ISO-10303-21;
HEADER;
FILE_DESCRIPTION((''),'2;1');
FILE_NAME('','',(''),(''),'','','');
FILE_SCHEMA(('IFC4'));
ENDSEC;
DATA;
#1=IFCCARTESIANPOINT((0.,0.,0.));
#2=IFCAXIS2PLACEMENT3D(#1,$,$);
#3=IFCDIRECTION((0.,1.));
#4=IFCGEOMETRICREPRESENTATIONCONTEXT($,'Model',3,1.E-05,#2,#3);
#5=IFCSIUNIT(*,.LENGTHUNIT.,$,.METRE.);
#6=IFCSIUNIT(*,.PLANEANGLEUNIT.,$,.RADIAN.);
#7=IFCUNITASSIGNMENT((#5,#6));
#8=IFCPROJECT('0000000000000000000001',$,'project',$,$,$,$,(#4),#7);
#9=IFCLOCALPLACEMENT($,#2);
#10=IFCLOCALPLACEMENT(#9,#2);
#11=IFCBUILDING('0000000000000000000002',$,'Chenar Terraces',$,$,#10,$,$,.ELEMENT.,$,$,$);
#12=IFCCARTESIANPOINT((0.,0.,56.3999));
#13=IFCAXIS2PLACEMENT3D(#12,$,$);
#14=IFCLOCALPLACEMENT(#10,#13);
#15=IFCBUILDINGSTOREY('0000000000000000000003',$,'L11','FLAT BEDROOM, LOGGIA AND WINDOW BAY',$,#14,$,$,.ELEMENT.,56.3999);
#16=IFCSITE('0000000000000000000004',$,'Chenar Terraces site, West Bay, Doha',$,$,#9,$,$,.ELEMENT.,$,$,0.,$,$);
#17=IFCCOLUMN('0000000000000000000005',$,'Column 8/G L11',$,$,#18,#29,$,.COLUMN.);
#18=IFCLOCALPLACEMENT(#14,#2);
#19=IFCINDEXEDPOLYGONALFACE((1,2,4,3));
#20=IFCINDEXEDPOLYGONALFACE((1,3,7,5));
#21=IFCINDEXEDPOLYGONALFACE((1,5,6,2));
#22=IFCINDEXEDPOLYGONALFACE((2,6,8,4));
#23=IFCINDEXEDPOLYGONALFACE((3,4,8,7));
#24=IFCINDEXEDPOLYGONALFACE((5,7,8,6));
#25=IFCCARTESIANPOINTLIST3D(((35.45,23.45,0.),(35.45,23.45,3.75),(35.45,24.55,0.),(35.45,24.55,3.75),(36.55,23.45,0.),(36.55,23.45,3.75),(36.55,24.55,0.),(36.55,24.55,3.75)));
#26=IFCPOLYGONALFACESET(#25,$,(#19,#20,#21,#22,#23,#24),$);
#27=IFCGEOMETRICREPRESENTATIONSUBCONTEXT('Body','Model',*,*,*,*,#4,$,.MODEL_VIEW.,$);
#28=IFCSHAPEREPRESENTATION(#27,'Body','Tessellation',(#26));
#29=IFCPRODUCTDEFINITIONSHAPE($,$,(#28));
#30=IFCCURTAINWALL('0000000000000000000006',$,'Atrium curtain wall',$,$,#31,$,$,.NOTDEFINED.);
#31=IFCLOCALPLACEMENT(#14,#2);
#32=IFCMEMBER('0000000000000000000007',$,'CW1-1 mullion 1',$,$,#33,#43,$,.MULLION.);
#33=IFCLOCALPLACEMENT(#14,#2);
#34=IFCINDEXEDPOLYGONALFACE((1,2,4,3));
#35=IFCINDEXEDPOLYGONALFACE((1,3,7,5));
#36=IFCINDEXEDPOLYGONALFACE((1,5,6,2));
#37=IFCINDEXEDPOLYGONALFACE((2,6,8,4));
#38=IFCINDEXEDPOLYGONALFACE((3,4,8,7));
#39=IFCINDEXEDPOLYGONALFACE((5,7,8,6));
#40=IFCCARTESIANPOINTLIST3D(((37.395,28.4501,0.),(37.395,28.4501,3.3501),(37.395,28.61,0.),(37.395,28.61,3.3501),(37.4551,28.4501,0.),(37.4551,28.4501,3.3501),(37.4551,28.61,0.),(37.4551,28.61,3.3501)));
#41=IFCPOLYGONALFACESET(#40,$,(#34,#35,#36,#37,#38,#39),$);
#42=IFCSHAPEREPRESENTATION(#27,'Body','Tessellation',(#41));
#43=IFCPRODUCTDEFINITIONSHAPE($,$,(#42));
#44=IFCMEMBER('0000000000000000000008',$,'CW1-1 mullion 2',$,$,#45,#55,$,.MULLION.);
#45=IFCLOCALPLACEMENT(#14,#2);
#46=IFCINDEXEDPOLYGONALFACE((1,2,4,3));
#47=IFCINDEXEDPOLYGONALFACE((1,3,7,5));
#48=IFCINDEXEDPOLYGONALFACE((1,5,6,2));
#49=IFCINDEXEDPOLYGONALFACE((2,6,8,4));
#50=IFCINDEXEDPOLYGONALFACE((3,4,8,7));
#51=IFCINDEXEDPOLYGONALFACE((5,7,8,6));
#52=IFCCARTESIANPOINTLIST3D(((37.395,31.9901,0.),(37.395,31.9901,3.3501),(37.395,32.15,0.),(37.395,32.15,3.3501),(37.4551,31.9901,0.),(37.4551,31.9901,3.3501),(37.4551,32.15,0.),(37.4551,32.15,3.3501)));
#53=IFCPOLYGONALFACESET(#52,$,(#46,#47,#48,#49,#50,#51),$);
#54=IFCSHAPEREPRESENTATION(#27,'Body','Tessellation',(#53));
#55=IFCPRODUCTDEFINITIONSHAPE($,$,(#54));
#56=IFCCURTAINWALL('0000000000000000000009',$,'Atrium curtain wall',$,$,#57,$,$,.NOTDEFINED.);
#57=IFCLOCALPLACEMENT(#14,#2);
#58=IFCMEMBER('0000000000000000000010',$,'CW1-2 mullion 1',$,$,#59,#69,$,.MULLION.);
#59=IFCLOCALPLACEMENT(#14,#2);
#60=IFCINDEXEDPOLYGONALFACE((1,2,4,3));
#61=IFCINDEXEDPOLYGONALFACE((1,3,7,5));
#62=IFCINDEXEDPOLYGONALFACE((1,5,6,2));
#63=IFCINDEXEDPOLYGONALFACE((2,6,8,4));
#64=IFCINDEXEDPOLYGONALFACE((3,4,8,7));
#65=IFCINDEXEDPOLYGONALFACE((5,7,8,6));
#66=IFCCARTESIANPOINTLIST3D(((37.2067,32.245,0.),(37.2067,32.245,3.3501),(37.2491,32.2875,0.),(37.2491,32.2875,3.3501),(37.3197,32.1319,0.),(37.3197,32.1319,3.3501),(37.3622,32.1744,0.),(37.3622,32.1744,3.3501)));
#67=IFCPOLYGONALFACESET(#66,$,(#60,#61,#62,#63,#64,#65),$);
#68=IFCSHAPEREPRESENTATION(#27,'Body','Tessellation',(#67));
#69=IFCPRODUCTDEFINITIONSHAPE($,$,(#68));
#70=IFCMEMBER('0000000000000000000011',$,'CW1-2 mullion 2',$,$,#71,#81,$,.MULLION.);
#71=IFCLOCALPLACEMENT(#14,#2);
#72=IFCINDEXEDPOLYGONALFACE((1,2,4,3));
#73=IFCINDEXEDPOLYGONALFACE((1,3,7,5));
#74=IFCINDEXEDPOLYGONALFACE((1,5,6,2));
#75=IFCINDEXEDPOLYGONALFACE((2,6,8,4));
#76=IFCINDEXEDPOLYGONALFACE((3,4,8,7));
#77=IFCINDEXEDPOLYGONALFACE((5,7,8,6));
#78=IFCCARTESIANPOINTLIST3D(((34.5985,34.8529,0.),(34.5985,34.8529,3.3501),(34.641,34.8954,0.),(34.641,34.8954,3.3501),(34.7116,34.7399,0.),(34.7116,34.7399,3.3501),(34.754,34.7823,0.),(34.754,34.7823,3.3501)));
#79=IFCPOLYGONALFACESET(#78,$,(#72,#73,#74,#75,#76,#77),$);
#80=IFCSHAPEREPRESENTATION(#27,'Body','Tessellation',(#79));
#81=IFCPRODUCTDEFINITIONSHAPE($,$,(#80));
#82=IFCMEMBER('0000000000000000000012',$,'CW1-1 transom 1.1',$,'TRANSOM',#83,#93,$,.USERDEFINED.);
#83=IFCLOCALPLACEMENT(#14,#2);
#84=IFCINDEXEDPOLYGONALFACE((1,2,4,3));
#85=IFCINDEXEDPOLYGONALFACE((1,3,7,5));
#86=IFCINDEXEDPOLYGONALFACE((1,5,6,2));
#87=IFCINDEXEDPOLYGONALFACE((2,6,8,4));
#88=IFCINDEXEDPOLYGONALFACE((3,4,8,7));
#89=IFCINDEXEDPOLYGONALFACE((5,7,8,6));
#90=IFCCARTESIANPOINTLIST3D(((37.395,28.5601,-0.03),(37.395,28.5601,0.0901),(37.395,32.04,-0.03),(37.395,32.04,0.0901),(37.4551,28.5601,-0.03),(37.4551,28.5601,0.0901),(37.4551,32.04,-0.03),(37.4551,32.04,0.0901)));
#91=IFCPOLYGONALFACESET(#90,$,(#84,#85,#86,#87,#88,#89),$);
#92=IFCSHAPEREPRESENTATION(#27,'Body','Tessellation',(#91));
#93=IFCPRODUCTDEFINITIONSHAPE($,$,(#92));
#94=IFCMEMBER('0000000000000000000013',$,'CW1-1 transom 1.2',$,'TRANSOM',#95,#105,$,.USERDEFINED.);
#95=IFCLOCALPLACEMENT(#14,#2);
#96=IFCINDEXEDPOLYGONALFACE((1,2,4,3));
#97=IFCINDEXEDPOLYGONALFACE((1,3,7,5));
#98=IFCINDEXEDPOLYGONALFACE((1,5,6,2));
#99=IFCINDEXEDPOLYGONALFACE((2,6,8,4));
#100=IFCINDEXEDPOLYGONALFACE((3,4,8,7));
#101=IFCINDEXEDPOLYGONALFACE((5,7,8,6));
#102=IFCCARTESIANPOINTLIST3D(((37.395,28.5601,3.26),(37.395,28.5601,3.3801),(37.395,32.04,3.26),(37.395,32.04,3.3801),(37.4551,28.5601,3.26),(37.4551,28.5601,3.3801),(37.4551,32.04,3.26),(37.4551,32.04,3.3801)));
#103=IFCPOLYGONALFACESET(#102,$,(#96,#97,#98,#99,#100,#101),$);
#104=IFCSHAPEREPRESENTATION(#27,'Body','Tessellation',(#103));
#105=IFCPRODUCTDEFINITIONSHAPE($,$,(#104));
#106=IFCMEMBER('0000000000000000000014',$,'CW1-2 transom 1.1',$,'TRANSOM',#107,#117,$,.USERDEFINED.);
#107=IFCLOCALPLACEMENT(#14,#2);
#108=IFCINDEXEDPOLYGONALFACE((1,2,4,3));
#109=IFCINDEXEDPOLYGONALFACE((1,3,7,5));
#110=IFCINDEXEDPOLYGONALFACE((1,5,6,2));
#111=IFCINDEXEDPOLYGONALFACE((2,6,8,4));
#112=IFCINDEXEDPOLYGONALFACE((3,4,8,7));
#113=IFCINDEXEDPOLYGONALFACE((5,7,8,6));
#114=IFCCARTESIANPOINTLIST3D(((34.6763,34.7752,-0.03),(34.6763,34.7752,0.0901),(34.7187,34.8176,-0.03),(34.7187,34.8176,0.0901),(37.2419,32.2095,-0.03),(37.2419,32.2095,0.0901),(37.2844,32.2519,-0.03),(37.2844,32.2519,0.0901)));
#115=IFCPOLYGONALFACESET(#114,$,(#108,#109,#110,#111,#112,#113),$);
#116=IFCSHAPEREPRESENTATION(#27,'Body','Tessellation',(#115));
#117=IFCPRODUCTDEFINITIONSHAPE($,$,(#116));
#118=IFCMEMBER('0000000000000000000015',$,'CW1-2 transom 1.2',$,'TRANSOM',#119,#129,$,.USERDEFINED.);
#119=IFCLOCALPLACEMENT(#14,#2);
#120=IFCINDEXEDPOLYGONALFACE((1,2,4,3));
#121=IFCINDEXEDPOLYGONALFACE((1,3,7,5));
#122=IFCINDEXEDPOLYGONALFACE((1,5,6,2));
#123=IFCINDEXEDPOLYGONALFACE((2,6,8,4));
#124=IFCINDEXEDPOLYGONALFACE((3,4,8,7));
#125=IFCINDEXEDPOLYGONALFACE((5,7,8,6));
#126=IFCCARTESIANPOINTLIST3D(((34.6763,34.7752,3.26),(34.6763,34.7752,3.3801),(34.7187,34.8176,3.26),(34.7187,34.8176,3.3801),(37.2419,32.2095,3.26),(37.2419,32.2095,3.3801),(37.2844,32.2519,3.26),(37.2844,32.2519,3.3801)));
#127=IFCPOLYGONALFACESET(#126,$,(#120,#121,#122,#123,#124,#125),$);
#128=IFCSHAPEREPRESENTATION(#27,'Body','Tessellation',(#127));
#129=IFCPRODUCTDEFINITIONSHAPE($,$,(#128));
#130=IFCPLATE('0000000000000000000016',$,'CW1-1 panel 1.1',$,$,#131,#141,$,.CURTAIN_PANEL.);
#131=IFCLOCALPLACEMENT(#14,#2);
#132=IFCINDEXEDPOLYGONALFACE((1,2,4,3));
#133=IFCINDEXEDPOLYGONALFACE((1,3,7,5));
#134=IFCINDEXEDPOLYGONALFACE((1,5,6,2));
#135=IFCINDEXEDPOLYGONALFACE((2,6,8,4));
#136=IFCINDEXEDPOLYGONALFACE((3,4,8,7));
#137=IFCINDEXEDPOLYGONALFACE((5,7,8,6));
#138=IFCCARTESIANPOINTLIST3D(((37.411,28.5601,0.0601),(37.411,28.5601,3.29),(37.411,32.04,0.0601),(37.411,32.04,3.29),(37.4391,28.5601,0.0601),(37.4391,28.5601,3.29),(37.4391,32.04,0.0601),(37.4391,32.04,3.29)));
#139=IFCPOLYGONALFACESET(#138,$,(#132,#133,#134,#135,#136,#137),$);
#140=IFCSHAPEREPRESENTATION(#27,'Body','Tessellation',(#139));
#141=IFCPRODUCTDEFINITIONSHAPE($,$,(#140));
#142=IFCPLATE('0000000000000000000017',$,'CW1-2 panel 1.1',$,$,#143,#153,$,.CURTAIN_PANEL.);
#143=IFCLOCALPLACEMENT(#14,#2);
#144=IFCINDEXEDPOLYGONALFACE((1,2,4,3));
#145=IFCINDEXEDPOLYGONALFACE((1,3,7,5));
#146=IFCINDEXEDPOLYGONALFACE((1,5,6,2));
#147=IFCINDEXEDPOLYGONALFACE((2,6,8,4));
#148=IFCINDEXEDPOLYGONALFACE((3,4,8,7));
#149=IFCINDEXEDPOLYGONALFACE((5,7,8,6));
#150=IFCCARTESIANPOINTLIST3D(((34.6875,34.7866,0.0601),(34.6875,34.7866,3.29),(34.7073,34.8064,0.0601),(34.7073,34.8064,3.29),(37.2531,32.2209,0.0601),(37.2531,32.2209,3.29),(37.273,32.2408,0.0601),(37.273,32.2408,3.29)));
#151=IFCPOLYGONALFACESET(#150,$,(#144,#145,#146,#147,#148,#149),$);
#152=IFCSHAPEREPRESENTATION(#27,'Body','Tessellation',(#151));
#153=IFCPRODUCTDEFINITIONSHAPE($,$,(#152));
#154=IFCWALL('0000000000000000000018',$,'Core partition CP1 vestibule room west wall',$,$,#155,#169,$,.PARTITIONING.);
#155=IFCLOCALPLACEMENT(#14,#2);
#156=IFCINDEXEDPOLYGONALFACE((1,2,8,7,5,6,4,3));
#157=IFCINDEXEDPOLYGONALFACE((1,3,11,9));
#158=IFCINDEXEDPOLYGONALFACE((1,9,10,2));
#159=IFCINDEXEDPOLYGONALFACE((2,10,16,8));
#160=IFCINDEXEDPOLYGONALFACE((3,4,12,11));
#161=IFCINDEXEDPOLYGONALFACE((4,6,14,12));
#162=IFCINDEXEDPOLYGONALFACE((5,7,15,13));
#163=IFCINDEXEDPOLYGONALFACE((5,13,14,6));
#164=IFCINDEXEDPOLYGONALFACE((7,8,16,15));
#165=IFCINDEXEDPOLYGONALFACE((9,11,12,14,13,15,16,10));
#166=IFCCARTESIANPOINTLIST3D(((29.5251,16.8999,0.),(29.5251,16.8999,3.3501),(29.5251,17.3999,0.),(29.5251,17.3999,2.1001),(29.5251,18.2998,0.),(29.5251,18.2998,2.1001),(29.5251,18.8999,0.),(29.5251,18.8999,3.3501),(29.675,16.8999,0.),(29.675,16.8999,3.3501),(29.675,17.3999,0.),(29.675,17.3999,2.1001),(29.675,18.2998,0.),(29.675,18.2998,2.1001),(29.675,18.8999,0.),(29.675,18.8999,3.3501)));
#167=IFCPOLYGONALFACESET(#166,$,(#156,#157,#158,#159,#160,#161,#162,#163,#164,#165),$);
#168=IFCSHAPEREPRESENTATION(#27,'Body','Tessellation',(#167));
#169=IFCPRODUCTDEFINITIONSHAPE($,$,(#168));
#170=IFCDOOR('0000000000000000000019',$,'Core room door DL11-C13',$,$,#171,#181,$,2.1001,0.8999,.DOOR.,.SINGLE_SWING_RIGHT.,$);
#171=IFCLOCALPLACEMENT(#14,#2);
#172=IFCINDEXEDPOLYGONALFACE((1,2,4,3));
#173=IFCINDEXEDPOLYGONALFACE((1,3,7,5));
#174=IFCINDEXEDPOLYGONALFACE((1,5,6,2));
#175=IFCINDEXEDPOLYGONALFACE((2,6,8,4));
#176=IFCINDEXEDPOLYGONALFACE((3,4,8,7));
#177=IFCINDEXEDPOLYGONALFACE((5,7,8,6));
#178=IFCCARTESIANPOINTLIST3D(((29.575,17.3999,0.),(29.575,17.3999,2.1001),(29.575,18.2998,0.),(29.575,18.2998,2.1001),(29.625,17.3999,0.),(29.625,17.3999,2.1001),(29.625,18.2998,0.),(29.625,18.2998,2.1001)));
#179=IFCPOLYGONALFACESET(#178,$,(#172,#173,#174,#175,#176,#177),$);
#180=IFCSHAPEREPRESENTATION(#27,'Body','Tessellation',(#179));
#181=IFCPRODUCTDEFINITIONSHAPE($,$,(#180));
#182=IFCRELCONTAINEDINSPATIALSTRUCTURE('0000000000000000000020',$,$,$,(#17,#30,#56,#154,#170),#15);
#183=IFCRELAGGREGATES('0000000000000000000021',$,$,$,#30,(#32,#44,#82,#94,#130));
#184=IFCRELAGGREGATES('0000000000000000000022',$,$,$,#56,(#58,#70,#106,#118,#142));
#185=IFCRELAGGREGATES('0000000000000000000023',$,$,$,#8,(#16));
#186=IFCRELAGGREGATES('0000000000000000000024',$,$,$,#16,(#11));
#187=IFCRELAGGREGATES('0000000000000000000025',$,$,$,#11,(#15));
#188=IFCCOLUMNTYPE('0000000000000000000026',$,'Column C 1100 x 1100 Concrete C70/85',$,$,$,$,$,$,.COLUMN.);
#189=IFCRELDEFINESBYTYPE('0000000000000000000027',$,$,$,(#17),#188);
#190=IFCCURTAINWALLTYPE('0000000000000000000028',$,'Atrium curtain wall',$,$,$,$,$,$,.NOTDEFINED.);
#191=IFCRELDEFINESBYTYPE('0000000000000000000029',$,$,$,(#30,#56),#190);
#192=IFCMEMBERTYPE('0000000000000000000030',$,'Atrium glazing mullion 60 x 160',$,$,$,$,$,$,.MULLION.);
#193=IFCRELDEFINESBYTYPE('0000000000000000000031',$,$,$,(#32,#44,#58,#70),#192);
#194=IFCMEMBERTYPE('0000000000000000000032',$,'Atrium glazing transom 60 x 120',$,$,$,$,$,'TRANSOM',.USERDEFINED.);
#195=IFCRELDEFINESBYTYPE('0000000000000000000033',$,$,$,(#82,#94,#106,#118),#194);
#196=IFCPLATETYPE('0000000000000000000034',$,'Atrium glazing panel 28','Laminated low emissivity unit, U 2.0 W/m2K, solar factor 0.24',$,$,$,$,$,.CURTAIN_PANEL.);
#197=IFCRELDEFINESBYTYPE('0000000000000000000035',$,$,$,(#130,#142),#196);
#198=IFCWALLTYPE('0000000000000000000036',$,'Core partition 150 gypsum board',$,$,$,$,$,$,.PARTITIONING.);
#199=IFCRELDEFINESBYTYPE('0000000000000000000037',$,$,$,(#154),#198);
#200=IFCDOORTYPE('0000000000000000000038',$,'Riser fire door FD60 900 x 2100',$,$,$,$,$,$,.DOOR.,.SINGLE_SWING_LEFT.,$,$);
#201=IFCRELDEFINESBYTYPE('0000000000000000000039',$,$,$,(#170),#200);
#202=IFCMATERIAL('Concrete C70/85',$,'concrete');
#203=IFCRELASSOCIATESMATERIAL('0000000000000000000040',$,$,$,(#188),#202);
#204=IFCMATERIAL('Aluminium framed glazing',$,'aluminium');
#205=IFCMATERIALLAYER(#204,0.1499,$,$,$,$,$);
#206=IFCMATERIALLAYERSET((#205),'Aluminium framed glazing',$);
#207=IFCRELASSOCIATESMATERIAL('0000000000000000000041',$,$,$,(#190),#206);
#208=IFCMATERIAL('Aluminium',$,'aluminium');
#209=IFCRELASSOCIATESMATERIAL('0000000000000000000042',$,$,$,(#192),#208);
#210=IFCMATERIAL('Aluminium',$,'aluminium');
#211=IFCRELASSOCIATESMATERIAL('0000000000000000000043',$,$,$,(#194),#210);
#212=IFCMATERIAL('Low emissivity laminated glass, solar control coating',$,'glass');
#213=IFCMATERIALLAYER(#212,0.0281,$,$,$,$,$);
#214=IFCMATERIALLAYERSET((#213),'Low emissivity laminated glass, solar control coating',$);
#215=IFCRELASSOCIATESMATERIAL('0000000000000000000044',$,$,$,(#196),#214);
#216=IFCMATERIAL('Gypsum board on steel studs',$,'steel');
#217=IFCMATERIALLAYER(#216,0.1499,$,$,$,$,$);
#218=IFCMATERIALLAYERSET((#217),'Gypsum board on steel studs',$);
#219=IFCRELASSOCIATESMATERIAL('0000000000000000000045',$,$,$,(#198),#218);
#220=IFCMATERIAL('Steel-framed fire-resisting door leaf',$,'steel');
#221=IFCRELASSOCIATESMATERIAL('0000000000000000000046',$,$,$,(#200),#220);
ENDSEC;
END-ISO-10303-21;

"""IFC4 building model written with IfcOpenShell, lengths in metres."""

from ifc_helpers import new_model, si_unit, direction, frame, frame_2d, origin, origin_2d, place, context, subcontext, project, spatial, rectangle, extrude, material, layer, layer_set, material_profile, profile_set, type_object, element, fill, aggregate, save


model = new_model("IFC4")

# Units and contexts
model_context = context("Model", 3, precision=1e-05, world=origin(), true_north=direction((0.0, 1.0)))
body_context = subcontext(model_context, "Body", "Model", "MODEL_VIEW")
ifc_project = project(units=[si_unit("LENGTHUNIT", "METRE"), si_unit("PLANEANGLEUNIT", "RADIAN")], contexts=[model_context])

# Site, building, storey
site_placement = place(None, origin())
site = spatial("IfcSite", under=ifc_project, at=site_placement, Name="Chenar Terraces site, West Bay, Doha", CompositionType="ELEMENT", RefElevation=0.0)
building_placement = place(site_placement, origin())
building = spatial("IfcBuilding", under=site, at=building_placement, Name="Chenar Terraces", CompositionType="ELEMENT")
storey_placement = place(building_placement, frame((0.0, 0.0, 56.3999)))
storey = spatial("IfcBuildingStorey", under=building, at=storey_placement, Name="L11", Description="FLAT BEDROOM, LOGGIA AND WINDOW BAY", CompositionType="ELEMENT", Elevation=56.3999)

# Column
ifc_material_1 = material(Name="Concrete C70/85", Category="concrete")
ifc_material_profile_1 = material_profile(ifc_material_1, rectangle(XDim=1.1001, YDim=1.1001, at=origin_2d()), Name="C 1100 x 1100")
ifc_profile_set_1 = profile_set([ifc_material_profile_1], Name="Concrete C70/85")
column_type = type_object("IfcColumnType", Name="Column C 1100 x 1100 Concrete C70/85", PredefinedType="COLUMN", material=ifc_profile_set_1)
column_placement = place(storey_placement, frame((36.0, 24.0, 0.0), z_axis=(0.0, 0.0, 1.0), x_axis=(1.0, 0.0, 0.0)))
element("IfcColumn", 1, at=column_placement, inside=storey, type_object=column_type, Name="Column 8/G L11", PredefinedType="COLUMN", context=body_context, shape_type="SweptSolid", body=[
    extrude(rectangle(XDim=1.1001, YDim=1.1001, at=origin_2d()), origin(), (0.0, 0.0, 1.0), 3.75),
])

# Curtain walls, members
ifc_material_2 = material(Name="Aluminium framed glazing", Category="aluminium")
ifc_layer_1 = layer(ifc_material_2, 0.1499)
ifc_layer_set_1 = layer_set([ifc_layer_1], Name="Aluminium framed glazing")
curtain_wall_type = type_object("IfcCurtainWallType", Name="Atrium curtain wall", PredefinedType="NOTDEFINED", material=ifc_layer_set_1)
placement = place(storey_placement, origin())
curtain_wall_1 = element("IfcCurtainWall", 2, at=placement, inside=storey, type_object=curtain_wall_type, Name="Atrium curtain wall", PredefinedType="NOTDEFINED")
ifc_material_3 = material(Name="Aluminium", Category="aluminium")
ifc_material_profile_2 = material_profile(ifc_material_3, rectangle(XDim=0.0601, YDim=0.1599, at=origin_2d()), Name="Atrium glazing mullion 60 x 160")
ifc_profile_set_2 = profile_set([ifc_material_profile_2], Name="Aluminium")
member_type_1 = type_object("IfcMemberType", Name="Atrium glazing mullion 60 x 160", PredefinedType="MULLION", material=ifc_profile_set_2)
member_1_placement = place(storey_placement, frame((37.425, 28.53, 0.0), z_axis=(0.0, 0.0, 1.0), x_axis=(-1.0, 0.0, 0.0)))
member_1 = element("IfcMember", 3, at=member_1_placement, type_object=member_type_1, Name="CW1-1 mullion 1", PredefinedType="MULLION", context=body_context, shape_type="SweptSolid", body=[
    extrude(rectangle(XDim=0.0601, YDim=0.1599, at=origin_2d()), origin(), (0.0, 0.0, 1.0), 3.3501),
])
member_2_placement = place(storey_placement, frame((37.425, 32.0701, 0.0), z_axis=(0.0, 0.0, 1.0), x_axis=(-1.0, 0.0, 0.0)))
member_2 = element("IfcMember", 4, at=member_2_placement, type_object=member_type_1, Name="CW1-1 mullion 2", PredefinedType="MULLION", context=body_context, shape_type="SweptSolid", body=[
    extrude(rectangle(XDim=0.0601, YDim=0.1599, at=origin_2d()), origin(), (0.0, 0.0, 1.0), 3.3501),
])
curtain_wall_2 = element("IfcCurtainWall", 5, at=placement, inside=storey, type_object=curtain_wall_type, Name="Atrium curtain wall", PredefinedType="NOTDEFINED")
member_3_placement = place(storey_placement, frame((37.2844, 32.2097, 0.0), z_axis=(0.0, 0.0, 1.0), x_axis=(-0.707107, -0.707107, 0.0)))
member_3 = element("IfcMember", 6, at=member_3_placement, type_object=member_type_1, Name="CW1-2 mullion 1", PredefinedType="MULLION", context=body_context, shape_type="SweptSolid", body=[
    extrude(rectangle(XDim=0.0601, YDim=0.1599, at=origin_2d()), origin(), (0.0, 0.0, 1.0), 3.3501),
])
member_4_placement = place(storey_placement, frame((34.6763, 34.8176, 0.0), z_axis=(0.0, 0.0, 1.0), x_axis=(-0.707107, -0.707107, 0.0)))
member_4 = element("IfcMember", 7, at=member_4_placement, type_object=member_type_1, Name="CW1-2 mullion 2", PredefinedType="MULLION", context=body_context, shape_type="SweptSolid", body=[
    extrude(rectangle(XDim=0.0601, YDim=0.1599, at=origin_2d()), origin(), (0.0, 0.0, 1.0), 3.3501),
])

# Members
ifc_material_4 = material(Name="Aluminium", Category="aluminium")
ifc_material_profile_3 = material_profile(ifc_material_4, rectangle(XDim=0.0601, YDim=0.1201, at=origin_2d()), Name="Atrium glazing transom 60 x 120")
ifc_profile_set_3 = profile_set([ifc_material_profile_3], Name="Aluminium")
member_type_2 = type_object("IfcMemberType", Name="Atrium glazing transom 60 x 120", ElementType="TRANSOM", PredefinedType="USERDEFINED", material=ifc_profile_set_3)
member_5_placement = place(storey_placement, frame((37.425, 28.5601, 0.03), z_axis=(0.0, 1.0, 0.0), x_axis=(-1.0, 0.0, 0.0)))
member_5 = element("IfcMember", 8, at=member_5_placement, type_object=member_type_2, Name="CW1-1 transom 1.1", ObjectType="TRANSOM", PredefinedType="USERDEFINED", context=body_context, shape_type="SweptSolid", body=[
    extrude(rectangle(XDim=0.0601, YDim=0.1201, at=origin_2d()), origin(), (0.0, 0.0, 1.0), 3.48),
])
member_6_placement = place(storey_placement, frame((37.425, 28.5601, 3.3201), z_axis=(0.0, 1.0, 0.0), x_axis=(-1.0, 0.0, 0.0)))
member_6 = element("IfcMember", 9, at=member_6_placement, type_object=member_type_2, Name="CW1-1 transom 1.2", ObjectType="TRANSOM", PredefinedType="USERDEFINED", context=body_context, shape_type="SweptSolid", body=[
    extrude(rectangle(XDim=0.0601, YDim=0.1201, at=origin_2d()), origin(), (0.0, 0.0, 1.0), 3.48),
])
member_7_placement = place(storey_placement, frame((37.2632, 32.2307, 0.03), z_axis=(-0.707107, 0.707107, 0.0), x_axis=(-0.707107, -0.707107, 0.0)))
member_7 = element("IfcMember", 10, at=member_7_placement, type_object=member_type_2, Name="CW1-2 transom 1.1", ObjectType="TRANSOM", PredefinedType="USERDEFINED", context=body_context, shape_type="SweptSolid", body=[
    extrude(rectangle(XDim=0.0601, YDim=0.1201, at=origin_2d()), origin(), (0.0, 0.0, 1.0), 3.6284),
])
member_8_placement = place(storey_placement, frame((37.2632, 32.2307, 3.3201), z_axis=(-0.707107, 0.707107, 0.0), x_axis=(-0.707107, -0.707107, 0.0)))
member_8 = element("IfcMember", 11, at=member_8_placement, type_object=member_type_2, Name="CW1-2 transom 1.2", ObjectType="TRANSOM", PredefinedType="USERDEFINED", context=body_context, shape_type="SweptSolid", body=[
    extrude(rectangle(XDim=0.0601, YDim=0.1201, at=origin_2d()), origin(), (0.0, 0.0, 1.0), 3.6284),
])

# Plates
ifc_material_5 = material(Name="Low emissivity laminated glass, solar control coating", Category="glass")
ifc_layer_2 = layer(ifc_material_5, 0.0281)
ifc_layer_set_2 = layer_set([ifc_layer_2], Name="Low emissivity laminated glass, solar control coating")
plate_type = type_object("IfcPlateType", Name="Atrium glazing panel 28", Description="Laminated low emissivity unit, U 2.0 W/m2K, solar factor 0.24", PredefinedType="CURTAIN_PANEL", material=ifc_layer_set_2)
plate_1_placement = place(storey_placement, frame((37.425, 30.3, 0.0601), z_axis=(0.0, 0.0, 1.0), x_axis=(0.0, 1.0, 0.0)))
plate_1 = element("IfcPlate", 12, at=plate_1_placement, type_object=plate_type, Name="CW1-1 panel 1.1", PredefinedType="CURTAIN_PANEL", context=body_context, shape_type="SweptSolid", body=[
    extrude(rectangle(XDim=3.48, YDim=0.0281, at=origin_2d()), origin(), (0.0, 0.0, 1.0), 3.23),
])
aggregate(curtain_wall_1, [member_1, member_2, member_5, member_6, plate_1])
plate_2_placement = place(storey_placement, frame((35.9802, 33.5137, 0.0601), z_axis=(0.0, 0.0, 1.0), x_axis=(-0.707107, 0.707107, 0.0)))
plate_2 = element("IfcPlate", 13, at=plate_2_placement, type_object=plate_type, Name="CW1-2 panel 1.1", PredefinedType="CURTAIN_PANEL", context=body_context, shape_type="SweptSolid", body=[
    extrude(rectangle(XDim=3.6284, YDim=0.0281, at=origin_2d()), origin(), (0.0, 0.0, 1.0), 3.23),
])
aggregate(curtain_wall_2, [member_3, member_4, member_7, member_8, plate_2])

# Wall, opening, door
ifc_material_6 = material(Name="Gypsum board on steel studs", Category="steel")
ifc_layer_3 = layer(ifc_material_6, 0.1499)
ifc_layer_set_3 = layer_set([ifc_layer_3], Name="Gypsum board on steel studs")
wall_type_1 = type_object("IfcWallType", Name="Core partition 150 gypsum board", PredefinedType="PARTITIONING", material=ifc_layer_set_3)
wall_1_placement = place(storey_placement, frame((29.6001, 16.8999, 0.0), z_axis=(0.0, 0.0, 1.0), x_axis=(0.0, 1.0, 0.0)))
wall_1 = element("IfcWall", 14, at=wall_1_placement, inside=storey, type_object=wall_type_1, Name="Core partition CP1 vestibule room west wall", PredefinedType="PARTITIONING", context=body_context, shape_type="SweptSolid", body=[
    extrude(rectangle(XDim=2.0, YDim=0.1499, at=frame_2d((1.0, 0.0))), origin(), (0.0, 0.0, 1.0), 3.3501),
])
opening_1_placement = place(wall_1_placement, frame((0.5, 0.0, 0.0)))
opening_1 = element("IfcOpeningElement", 15, at=opening_1_placement, cuts=wall_1, PredefinedType="OPENING", context=body_context, shape_type="SweptSolid", body=[
    extrude(rectangle(XDim=0.8999, YDim=2.1001, at=frame_2d((0.45, 1.05))), frame((0.0, 0.085, 0.0), z_axis=(0.0, -1.0, 0.0), x_axis=(1.0, 0.0, 0.0)), (0.0, 0.0, 1.0), 0.1699),
])
ifc_material_7 = material(Name="Steel-framed fire-resisting door leaf", Category="steel")
door_type = type_object("IfcDoorType", Name="Riser fire door FD60 900 x 2100", OperationType="SINGLE_SWING_LEFT", PredefinedType="DOOR", material=ifc_material_7)
door_placement = place(opening_1_placement, frame((0.8999, 0.0, 0.0), z_axis=(0.0, 0.0, 1.0), x_axis=(-1.0, 0.0, 0.0)))
door = element("IfcDoor", 16, at=door_placement, inside=storey, type_object=door_type, Name="Core room door DL11-C13", OperationType="SINGLE_SWING_RIGHT", OverallHeight=2.1001, OverallWidth=0.8999, PredefinedType="DOOR", context=body_context, shape_type="SweptSolid", body=[
    extrude(rectangle(XDim=0.8999, YDim=2.1001, at=frame_2d((0.45, 1.05))), frame((0.0, 0.0249, 0.0), z_axis=(0.0, -1.0, 0.0), x_axis=(1.0, 0.0, 0.0)), (0.0, 0.0, 1.0), 0.05),
])
fill(opening_1, door)

save(model, "model.ifc")
